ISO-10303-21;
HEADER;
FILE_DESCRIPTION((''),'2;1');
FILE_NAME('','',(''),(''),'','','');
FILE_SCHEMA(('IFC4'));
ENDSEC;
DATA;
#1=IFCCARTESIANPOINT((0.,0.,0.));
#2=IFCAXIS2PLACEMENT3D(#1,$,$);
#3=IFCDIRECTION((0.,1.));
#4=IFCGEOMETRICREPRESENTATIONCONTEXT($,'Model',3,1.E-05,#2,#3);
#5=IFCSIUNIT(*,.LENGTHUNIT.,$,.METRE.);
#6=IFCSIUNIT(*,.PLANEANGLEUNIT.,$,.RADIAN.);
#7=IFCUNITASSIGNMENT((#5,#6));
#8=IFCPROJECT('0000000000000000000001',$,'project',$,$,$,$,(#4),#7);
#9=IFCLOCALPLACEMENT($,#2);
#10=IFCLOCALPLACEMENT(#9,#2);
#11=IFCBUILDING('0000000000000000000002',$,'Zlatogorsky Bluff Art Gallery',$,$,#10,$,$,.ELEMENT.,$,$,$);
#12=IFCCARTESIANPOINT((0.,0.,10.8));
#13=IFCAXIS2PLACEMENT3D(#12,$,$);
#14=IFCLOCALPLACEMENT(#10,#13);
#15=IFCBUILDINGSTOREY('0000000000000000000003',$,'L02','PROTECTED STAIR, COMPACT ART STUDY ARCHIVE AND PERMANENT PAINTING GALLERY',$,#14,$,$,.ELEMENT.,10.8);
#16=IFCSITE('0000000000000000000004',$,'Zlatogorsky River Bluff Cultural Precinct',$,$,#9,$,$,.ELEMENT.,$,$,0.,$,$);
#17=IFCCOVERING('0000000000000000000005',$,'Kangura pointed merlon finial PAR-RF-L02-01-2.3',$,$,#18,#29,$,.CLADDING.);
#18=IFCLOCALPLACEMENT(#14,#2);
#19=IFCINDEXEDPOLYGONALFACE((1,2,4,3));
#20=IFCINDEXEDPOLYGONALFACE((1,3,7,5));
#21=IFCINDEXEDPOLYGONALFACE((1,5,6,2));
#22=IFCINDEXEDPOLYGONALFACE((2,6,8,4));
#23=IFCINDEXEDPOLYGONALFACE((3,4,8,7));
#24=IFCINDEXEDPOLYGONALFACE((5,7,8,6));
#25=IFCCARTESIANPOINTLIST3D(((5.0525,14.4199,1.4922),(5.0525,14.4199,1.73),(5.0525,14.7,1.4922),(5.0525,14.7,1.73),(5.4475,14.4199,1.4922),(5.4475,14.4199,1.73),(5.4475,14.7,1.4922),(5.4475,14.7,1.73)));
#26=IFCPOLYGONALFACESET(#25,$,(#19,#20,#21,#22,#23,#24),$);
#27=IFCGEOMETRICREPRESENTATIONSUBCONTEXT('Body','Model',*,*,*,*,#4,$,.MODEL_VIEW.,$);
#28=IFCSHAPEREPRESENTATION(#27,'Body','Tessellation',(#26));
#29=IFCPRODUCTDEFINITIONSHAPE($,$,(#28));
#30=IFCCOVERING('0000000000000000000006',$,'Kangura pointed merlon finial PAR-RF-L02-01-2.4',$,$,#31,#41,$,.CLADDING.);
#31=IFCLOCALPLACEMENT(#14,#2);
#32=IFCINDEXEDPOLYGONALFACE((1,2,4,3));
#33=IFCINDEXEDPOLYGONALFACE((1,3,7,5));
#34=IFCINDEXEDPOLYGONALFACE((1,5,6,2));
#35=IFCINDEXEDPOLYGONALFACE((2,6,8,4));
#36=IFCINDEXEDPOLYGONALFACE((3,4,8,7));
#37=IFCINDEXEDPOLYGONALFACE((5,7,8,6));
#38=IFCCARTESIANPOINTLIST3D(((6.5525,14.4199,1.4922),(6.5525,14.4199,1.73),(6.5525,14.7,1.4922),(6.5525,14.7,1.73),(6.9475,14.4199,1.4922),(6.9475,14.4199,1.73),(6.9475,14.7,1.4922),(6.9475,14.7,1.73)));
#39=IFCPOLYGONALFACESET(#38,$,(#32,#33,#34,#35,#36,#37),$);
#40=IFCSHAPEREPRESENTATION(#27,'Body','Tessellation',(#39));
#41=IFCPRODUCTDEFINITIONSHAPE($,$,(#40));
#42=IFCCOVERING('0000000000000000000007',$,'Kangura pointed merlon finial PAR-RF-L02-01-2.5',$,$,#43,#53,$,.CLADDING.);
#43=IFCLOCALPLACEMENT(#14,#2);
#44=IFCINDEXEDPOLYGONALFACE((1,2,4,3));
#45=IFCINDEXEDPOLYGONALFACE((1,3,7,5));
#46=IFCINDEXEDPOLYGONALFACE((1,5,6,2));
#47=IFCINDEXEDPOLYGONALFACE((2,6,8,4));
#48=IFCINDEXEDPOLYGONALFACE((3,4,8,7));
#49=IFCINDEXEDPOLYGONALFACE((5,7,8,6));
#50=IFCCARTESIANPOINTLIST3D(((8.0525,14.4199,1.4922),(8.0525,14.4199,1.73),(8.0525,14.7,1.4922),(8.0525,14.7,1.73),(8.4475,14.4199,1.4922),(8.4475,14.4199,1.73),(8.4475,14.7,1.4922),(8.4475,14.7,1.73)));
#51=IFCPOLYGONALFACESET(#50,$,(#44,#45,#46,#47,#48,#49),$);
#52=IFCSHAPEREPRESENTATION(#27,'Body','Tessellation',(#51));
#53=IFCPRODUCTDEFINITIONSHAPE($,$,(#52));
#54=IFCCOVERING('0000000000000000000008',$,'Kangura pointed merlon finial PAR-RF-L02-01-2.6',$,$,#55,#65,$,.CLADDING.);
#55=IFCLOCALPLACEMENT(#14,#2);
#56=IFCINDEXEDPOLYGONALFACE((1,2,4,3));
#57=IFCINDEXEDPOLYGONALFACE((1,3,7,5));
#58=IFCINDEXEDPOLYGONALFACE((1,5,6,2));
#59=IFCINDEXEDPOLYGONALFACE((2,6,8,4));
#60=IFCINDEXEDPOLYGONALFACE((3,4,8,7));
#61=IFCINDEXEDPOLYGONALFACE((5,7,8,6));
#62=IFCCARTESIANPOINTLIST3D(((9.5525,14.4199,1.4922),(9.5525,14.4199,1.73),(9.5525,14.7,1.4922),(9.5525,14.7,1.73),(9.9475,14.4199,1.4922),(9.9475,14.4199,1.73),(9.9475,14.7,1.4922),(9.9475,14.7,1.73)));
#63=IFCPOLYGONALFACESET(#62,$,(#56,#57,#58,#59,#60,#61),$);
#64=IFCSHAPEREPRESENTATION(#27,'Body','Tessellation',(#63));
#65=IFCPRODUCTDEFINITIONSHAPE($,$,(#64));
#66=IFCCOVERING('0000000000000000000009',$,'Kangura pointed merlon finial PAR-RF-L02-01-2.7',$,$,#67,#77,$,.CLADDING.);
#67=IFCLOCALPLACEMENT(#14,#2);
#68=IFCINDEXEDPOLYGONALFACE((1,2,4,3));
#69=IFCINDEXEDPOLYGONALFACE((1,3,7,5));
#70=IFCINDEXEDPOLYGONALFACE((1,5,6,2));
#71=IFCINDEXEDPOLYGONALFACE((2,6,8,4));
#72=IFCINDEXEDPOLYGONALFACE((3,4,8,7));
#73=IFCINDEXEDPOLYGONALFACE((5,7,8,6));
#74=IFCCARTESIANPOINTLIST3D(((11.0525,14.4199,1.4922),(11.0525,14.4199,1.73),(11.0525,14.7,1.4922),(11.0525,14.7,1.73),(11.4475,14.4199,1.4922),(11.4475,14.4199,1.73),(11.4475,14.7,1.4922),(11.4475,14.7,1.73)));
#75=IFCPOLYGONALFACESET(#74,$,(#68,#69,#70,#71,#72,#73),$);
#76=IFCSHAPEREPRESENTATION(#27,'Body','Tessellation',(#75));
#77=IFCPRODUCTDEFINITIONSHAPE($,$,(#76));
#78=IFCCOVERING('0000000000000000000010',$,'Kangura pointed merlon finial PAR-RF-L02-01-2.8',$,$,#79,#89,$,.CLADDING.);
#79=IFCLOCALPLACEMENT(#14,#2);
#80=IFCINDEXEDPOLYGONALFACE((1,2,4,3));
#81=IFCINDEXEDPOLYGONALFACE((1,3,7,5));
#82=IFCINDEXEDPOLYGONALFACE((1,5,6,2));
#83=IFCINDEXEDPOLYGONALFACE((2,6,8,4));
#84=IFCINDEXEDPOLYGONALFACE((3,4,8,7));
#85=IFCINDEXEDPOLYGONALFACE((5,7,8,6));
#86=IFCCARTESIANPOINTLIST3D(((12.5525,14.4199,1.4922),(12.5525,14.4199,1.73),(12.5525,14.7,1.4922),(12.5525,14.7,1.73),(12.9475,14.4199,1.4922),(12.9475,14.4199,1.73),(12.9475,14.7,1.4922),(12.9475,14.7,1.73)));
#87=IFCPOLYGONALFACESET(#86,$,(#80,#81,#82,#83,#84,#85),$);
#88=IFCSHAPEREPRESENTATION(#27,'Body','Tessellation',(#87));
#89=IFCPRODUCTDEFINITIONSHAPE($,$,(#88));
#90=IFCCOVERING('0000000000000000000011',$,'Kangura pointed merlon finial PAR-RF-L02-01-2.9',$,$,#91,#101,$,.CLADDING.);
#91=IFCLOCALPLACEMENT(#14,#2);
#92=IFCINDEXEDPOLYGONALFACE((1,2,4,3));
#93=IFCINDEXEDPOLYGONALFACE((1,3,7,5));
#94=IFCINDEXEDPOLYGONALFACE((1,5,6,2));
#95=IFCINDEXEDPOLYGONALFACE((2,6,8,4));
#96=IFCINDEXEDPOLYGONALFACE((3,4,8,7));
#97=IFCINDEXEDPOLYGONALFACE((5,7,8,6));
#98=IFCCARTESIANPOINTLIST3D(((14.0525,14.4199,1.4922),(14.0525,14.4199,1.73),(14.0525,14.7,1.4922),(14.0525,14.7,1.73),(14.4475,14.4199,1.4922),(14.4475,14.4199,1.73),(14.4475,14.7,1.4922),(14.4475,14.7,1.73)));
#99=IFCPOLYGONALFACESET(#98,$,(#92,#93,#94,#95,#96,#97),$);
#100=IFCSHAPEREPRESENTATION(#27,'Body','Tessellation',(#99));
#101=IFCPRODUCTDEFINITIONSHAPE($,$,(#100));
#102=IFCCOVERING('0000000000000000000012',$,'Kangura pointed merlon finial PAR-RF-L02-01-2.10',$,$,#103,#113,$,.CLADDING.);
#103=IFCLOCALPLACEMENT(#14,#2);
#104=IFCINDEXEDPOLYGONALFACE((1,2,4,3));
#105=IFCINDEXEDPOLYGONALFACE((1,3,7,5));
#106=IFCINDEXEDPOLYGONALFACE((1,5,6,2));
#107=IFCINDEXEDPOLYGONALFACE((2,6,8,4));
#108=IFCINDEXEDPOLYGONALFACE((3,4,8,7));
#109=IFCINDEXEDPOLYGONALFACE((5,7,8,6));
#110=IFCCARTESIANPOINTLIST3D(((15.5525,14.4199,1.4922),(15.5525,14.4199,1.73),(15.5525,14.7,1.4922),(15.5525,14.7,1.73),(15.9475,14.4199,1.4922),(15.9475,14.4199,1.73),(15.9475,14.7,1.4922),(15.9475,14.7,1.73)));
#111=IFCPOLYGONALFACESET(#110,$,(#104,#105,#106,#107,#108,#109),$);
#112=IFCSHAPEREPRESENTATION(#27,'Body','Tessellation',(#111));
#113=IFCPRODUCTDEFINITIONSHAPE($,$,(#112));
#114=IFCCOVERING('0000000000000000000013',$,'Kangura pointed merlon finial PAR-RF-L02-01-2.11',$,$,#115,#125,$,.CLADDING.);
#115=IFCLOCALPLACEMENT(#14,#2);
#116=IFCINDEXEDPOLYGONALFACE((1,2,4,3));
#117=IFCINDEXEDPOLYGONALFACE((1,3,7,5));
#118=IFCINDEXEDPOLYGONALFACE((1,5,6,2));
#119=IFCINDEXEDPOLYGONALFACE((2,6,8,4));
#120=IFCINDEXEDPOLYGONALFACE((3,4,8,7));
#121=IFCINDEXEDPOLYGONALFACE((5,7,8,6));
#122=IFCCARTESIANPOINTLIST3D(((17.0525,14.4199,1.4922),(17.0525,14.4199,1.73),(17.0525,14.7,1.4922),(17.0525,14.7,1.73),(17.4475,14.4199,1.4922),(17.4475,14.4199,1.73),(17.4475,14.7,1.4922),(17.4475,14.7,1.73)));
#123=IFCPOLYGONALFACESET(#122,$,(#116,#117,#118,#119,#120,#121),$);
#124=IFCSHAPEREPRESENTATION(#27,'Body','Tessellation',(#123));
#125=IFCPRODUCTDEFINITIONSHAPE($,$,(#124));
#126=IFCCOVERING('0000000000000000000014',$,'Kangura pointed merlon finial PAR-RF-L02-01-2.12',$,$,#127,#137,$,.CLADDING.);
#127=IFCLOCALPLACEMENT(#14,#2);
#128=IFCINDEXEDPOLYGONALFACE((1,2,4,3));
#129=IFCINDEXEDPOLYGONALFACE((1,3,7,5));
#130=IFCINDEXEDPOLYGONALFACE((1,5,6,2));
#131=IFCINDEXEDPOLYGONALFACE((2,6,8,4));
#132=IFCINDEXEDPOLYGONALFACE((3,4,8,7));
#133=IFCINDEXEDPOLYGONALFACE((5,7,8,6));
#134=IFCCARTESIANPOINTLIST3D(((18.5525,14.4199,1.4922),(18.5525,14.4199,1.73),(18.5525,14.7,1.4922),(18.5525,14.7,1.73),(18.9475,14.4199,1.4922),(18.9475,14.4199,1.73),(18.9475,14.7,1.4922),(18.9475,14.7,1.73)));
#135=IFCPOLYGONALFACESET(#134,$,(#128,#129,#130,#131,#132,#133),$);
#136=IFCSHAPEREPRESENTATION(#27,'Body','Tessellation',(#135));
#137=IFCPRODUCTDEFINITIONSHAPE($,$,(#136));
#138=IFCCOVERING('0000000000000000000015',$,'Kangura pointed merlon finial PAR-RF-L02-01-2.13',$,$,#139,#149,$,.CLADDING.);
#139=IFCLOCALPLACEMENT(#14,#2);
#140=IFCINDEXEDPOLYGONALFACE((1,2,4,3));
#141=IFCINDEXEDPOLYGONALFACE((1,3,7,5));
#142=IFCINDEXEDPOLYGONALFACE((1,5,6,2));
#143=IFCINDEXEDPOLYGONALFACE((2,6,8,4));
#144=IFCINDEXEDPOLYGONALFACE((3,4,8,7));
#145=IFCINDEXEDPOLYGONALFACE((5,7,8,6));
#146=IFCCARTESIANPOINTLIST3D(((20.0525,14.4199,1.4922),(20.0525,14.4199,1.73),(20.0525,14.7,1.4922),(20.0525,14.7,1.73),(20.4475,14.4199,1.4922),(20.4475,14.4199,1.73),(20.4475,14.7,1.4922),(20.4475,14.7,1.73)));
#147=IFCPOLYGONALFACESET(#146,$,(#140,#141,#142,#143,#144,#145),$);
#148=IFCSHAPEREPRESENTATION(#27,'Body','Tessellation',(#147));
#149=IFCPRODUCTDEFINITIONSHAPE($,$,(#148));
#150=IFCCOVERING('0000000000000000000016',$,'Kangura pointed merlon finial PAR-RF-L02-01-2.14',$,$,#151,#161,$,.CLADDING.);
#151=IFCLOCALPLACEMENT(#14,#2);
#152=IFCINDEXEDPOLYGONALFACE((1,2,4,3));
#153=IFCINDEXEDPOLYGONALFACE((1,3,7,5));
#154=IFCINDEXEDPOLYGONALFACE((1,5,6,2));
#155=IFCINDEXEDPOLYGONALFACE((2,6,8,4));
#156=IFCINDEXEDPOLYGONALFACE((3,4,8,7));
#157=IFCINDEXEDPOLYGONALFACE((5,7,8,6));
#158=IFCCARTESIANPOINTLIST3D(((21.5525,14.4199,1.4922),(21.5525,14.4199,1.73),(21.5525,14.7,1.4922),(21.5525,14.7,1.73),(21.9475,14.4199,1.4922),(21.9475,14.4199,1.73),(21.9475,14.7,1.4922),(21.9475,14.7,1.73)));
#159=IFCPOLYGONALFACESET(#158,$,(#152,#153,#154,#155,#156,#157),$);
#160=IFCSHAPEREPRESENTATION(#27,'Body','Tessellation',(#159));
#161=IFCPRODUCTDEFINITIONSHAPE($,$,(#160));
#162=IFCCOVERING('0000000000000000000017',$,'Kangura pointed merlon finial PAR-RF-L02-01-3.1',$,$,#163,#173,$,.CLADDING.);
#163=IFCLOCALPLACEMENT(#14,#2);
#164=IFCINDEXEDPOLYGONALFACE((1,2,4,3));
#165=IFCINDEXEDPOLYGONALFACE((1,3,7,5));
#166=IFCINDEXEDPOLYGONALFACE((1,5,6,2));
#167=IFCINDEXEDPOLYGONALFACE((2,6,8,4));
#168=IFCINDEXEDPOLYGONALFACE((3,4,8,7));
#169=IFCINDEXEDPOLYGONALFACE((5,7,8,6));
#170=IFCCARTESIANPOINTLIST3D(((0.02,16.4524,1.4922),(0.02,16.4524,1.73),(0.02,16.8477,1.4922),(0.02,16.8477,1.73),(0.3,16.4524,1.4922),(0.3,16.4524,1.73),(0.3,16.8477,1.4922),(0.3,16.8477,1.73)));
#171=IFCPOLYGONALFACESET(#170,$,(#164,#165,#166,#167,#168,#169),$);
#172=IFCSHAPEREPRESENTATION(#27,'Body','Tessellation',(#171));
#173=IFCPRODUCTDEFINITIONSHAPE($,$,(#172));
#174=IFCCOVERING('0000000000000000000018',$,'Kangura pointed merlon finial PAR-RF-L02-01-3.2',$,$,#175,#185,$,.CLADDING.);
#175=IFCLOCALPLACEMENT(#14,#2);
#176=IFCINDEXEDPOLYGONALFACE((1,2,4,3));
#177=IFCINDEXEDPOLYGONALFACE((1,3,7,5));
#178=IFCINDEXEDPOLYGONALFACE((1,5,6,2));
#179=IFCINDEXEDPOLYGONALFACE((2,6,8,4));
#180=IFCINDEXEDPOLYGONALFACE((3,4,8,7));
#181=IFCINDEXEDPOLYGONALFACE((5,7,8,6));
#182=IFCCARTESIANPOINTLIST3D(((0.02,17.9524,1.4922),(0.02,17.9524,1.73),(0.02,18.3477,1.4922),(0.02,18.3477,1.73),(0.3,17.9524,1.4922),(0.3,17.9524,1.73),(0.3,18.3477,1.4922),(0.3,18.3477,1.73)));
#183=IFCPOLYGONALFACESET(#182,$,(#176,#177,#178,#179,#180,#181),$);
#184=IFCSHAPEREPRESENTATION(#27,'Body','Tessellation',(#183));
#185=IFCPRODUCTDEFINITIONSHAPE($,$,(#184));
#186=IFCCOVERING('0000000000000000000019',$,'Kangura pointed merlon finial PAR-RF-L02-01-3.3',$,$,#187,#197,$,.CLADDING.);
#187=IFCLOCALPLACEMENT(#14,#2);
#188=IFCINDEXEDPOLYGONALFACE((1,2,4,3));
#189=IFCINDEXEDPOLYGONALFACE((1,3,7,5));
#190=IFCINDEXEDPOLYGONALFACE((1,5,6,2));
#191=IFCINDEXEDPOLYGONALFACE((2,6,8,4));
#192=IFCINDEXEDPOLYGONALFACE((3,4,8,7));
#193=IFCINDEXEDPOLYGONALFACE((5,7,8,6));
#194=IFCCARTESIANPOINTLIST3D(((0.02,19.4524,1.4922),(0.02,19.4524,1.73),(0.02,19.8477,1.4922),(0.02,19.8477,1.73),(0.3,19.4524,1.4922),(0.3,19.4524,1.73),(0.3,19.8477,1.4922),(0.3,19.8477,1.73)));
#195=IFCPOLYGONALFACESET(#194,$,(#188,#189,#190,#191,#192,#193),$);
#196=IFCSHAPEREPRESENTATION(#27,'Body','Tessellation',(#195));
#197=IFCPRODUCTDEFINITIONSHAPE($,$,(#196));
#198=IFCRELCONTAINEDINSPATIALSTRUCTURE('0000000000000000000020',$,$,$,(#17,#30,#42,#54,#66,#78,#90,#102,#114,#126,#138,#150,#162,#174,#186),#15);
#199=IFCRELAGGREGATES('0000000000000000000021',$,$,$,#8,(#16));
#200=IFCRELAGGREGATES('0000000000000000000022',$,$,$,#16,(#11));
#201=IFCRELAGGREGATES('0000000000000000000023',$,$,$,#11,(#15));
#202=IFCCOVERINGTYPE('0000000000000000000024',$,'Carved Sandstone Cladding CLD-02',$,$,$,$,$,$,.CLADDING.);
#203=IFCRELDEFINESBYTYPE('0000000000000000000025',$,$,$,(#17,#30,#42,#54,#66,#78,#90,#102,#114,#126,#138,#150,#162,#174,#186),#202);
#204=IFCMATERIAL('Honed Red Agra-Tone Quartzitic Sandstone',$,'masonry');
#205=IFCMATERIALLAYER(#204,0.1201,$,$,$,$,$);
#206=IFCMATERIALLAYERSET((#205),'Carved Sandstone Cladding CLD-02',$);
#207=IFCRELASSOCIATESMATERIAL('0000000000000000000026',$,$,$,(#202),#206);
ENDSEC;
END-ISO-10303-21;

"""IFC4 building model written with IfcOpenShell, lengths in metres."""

from ifc_helpers import new_model, si_unit, direction, frame, origin, place, context, subcontext, project, spatial, polyline, outline, extrude, material, layer, layer_set, type_object, element, save


model = new_model("IFC4")

# Units and contexts
model_context = context("Model", 3, precision=1e-05, world=origin(), true_north=direction((0.0, 1.0)))
body_context = subcontext(model_context, "Body", "Model", "MODEL_VIEW")
ifc_project = project(units=[si_unit("LENGTHUNIT", "METRE"), si_unit("PLANEANGLEUNIT", "RADIAN")], contexts=[model_context])

# Site, building, storey
site_placement = place(None, origin())
site = spatial("IfcSite", under=ifc_project, at=site_placement, Name="Zlatogorsky River Bluff Cultural Precinct", CompositionType="ELEMENT", RefElevation=0.0)
building_placement = place(site_placement, origin())
building = spatial("IfcBuilding", under=site, at=building_placement, Name="Zlatogorsky Bluff Art Gallery", CompositionType="ELEMENT")
storey_placement = place(building_placement, frame((0.0, 0.0, 10.8)))
storey = spatial("IfcBuildingStorey", under=building, at=storey_placement, Name="L02", Description="PROTECTED STAIR, COMPACT ART STUDY ARCHIVE AND PERMANENT PAINTING GALLERY", CompositionType="ELEMENT", Elevation=10.8)

# Coverings
ifc_material = material(Name="Honed Red Agra-Tone Quartzitic Sandstone", Category="masonry")
ifc_layer = layer(ifc_material, 0.1201)
ifc_layer_set = layer_set([ifc_layer], Name="Carved Sandstone Cladding CLD-02")
covering_type = type_object("IfcCoveringType", Name="Carved Sandstone Cladding CLD-02", PredefinedType="CLADDING", material=ifc_layer_set)
covering_1_placement = place(storey_placement, frame((0.0, 0.0, 1.4922)))
element("IfcCovering", 1, at=covering_1_placement, inside=storey, type_object=covering_type, Name="Kangura pointed merlon finial PAR-RF-L02-01-2.3", PredefinedType="CLADDING", context=body_context, shape_type="SweptSolid", body=[
    extrude(outline(polyline([(5.0525, 14.4199), (5.4475, 14.4199), (5.4475, 14.7), (5.0525, 14.7), (5.0525, 14.4199)])), origin(), (0.0, 0.0, 1.0), 0.2378),
])
covering_2_placement = place(storey_placement, frame((0.0, 0.0, 1.4922)))
element("IfcCovering", 2, at=covering_2_placement, inside=storey, type_object=covering_type, Name="Kangura pointed merlon finial PAR-RF-L02-01-2.4", PredefinedType="CLADDING", context=body_context, shape_type="SweptSolid", body=[
    extrude(outline(polyline([(6.5525, 14.4199), (6.9475, 14.4199), (6.9475, 14.7), (6.5525, 14.7), (6.5525, 14.4199)])), origin(), (0.0, 0.0, 1.0), 0.2378),
])
covering_3_placement = place(storey_placement, frame((0.0, 0.0, 1.4922)))
element("IfcCovering", 3, at=covering_3_placement, inside=storey, type_object=covering_type, Name="Kangura pointed merlon finial PAR-RF-L02-01-2.5", PredefinedType="CLADDING", context=body_context, shape_type="SweptSolid", body=[
    extrude(outline(polyline([(8.0525, 14.4199), (8.4475, 14.4199), (8.4475, 14.7), (8.0525, 14.7), (8.0525, 14.4199)])), origin(), (0.0, 0.0, 1.0), 0.2378),
])
covering_4_placement = place(storey_placement, frame((0.0, 0.0, 1.4922)))
element("IfcCovering", 4, at=covering_4_placement, inside=storey, type_object=covering_type, Name="Kangura pointed merlon finial PAR-RF-L02-01-2.6", PredefinedType="CLADDING", context=body_context, shape_type="SweptSolid", body=[
    extrude(outline(polyline([(9.5525, 14.4199), (9.9475, 14.4199), (9.9475, 14.7), (9.5525, 14.7), (9.5525, 14.4199)])), origin(), (0.0, 0.0, 1.0), 0.2378),
])
covering_5_placement = place(storey_placement, frame((0.0, 0.0, 1.4922)))
element("IfcCovering", 5, at=covering_5_placement, inside=storey, type_object=covering_type, Name="Kangura pointed merlon finial PAR-RF-L02-01-2.7", PredefinedType="CLADDING", context=body_context, shape_type="SweptSolid", body=[
    extrude(outline(polyline([(11.0525, 14.4199), (11.4475, 14.4199), (11.4475, 14.7), (11.0525, 14.7), (11.0525, 14.4199)])), origin(), (0.0, 0.0, 1.0), 0.2378),
])
covering_6_placement = place(storey_placement, frame((0.0, 0.0, 1.4922)))
element("IfcCovering", 6, at=covering_6_placement, inside=storey, type_object=covering_type, Name="Kangura pointed merlon finial PAR-RF-L02-01-2.8", PredefinedType="CLADDING", context=body_context, shape_type="SweptSolid", body=[
    extrude(outline(polyline([(12.5525, 14.4199), (12.9475, 14.4199), (12.9475, 14.7), (12.5525, 14.7), (12.5525, 14.4199)])), origin(), (0.0, 0.0, 1.0), 0.2378),
])
covering_7_placement = place(storey_placement, frame((0.0, 0.0, 1.4922)))
element("IfcCovering", 7, at=covering_7_placement, inside=storey, type_object=covering_type, Name="Kangura pointed merlon finial PAR-RF-L02-01-2.9", PredefinedType="CLADDING", context=body_context, shape_type="SweptSolid", body=[
    extrude(outline(polyline([(14.0525, 14.4199), (14.4475, 14.4199), (14.4475, 14.7), (14.0525, 14.7), (14.0525, 14.4199)])), origin(), (0.0, 0.0, 1.0), 0.2378),
])
covering_8_placement = place(storey_placement, frame((0.0, 0.0, 1.4922)))
element("IfcCovering", 8, at=covering_8_placement, inside=storey, type_object=covering_type, Name="Kangura pointed merlon finial PAR-RF-L02-01-2.10", PredefinedType="CLADDING", context=body_context, shape_type="SweptSolid", body=[
    extrude(outline(polyline([(15.5525, 14.4199), (15.9475, 14.4199), (15.9475, 14.7), (15.5525, 14.7), (15.5525, 14.4199)])), origin(), (0.0, 0.0, 1.0), 0.2378),
])
covering_9_placement = place(storey_placement, frame((0.0, 0.0, 1.4922)))
element("IfcCovering", 9, at=covering_9_placement, inside=storey, type_object=covering_type, Name="Kangura pointed merlon finial PAR-RF-L02-01-2.11", PredefinedType="CLADDING", context=body_context, shape_type="SweptSolid", body=[
    extrude(outline(polyline([(17.0525, 14.4199), (17.4475, 14.4199), (17.4475, 14.7), (17.0525, 14.7), (17.0525, 14.4199)])), origin(), (0.0, 0.0, 1.0), 0.2378),
])
covering_10_placement = place(storey_placement, frame((0.0, 0.0, 1.4922)))
element("IfcCovering", 10, at=covering_10_placement, inside=storey, type_object=covering_type, Name="Kangura pointed merlon finial PAR-RF-L02-01-2.12", PredefinedType="CLADDING", context=body_context, shape_type="SweptSolid", body=[
    extrude(outline(polyline([(18.5525, 14.4199), (18.9475, 14.4199), (18.9475, 14.7), (18.5525, 14.7), (18.5525, 14.4199)])), origin(), (0.0, 0.0, 1.0), 0.2378),
])
covering_11_placement = place(storey_placement, frame((0.0, 0.0, 1.4922)))
element("IfcCovering", 11, at=covering_11_placement, inside=storey, type_object=covering_type, Name="Kangura pointed merlon finial PAR-RF-L02-01-2.13", PredefinedType="CLADDING", context=body_context, shape_type="SweptSolid", body=[
    extrude(outline(polyline([(20.0525, 14.4199), (20.4475, 14.4199), (20.4475, 14.7), (20.0525, 14.7), (20.0525, 14.4199)])), origin(), (0.0, 0.0, 1.0), 0.2378),
])
covering_12_placement = place(storey_placement, frame((0.0, 0.0, 1.4922)))
element("IfcCovering", 12, at=covering_12_placement, inside=storey, type_object=covering_type, Name="Kangura pointed merlon finial PAR-RF-L02-01-2.14", PredefinedType="CLADDING", context=body_context, shape_type="SweptSolid", body=[
    extrude(outline(polyline([(21.5525, 14.4199), (21.9475, 14.4199), (21.9475, 14.7), (21.5525, 14.7), (21.5525, 14.4199)])), origin(), (0.0, 0.0, 1.0), 0.2378),
])
covering_13_placement = place(storey_placement, frame((0.0, 0.0, 1.4922)))
element("IfcCovering", 13, at=covering_13_placement, inside=storey, type_object=covering_type, Name="Kangura pointed merlon finial PAR-RF-L02-01-3.1", PredefinedType="CLADDING", context=body_context, shape_type="SweptSolid", body=[
    extrude(outline(polyline([(0.02, 16.4524), (0.02, 16.8477), (0.3, 16.8477), (0.3, 16.4524), (0.02, 16.4524)])), origin(), (0.0, 0.0, 1.0), 0.2378),
])
covering_14_placement = place(storey_placement, frame((0.0, 0.0, 1.4922)))
element("IfcCovering", 14, at=covering_14_placement, inside=storey, type_object=covering_type, Name="Kangura pointed merlon finial PAR-RF-L02-01-3.2", PredefinedType="CLADDING", context=body_context, shape_type="SweptSolid", body=[
    extrude(outline(polyline([(0.02, 17.9524), (0.02, 18.3477), (0.3, 18.3477), (0.3, 17.9524), (0.02, 17.9524)])), origin(), (0.0, 0.0, 1.0), 0.2378),
])
covering_15_placement = place(storey_placement, frame((0.0, 0.0, 1.4922)))
element("IfcCovering", 15, at=covering_15_placement, inside=storey, type_object=covering_type, Name="Kangura pointed merlon finial PAR-RF-L02-01-3.3", PredefinedType="CLADDING", context=body_context, shape_type="SweptSolid", body=[
    extrude(outline(polyline([(0.02, 19.4524), (0.02, 19.8477), (0.3, 19.8477), (0.3, 19.4524), (0.02, 19.4524)])), origin(), (0.0, 0.0, 1.0), 0.2378),
])

save(model, "model.ifc")
